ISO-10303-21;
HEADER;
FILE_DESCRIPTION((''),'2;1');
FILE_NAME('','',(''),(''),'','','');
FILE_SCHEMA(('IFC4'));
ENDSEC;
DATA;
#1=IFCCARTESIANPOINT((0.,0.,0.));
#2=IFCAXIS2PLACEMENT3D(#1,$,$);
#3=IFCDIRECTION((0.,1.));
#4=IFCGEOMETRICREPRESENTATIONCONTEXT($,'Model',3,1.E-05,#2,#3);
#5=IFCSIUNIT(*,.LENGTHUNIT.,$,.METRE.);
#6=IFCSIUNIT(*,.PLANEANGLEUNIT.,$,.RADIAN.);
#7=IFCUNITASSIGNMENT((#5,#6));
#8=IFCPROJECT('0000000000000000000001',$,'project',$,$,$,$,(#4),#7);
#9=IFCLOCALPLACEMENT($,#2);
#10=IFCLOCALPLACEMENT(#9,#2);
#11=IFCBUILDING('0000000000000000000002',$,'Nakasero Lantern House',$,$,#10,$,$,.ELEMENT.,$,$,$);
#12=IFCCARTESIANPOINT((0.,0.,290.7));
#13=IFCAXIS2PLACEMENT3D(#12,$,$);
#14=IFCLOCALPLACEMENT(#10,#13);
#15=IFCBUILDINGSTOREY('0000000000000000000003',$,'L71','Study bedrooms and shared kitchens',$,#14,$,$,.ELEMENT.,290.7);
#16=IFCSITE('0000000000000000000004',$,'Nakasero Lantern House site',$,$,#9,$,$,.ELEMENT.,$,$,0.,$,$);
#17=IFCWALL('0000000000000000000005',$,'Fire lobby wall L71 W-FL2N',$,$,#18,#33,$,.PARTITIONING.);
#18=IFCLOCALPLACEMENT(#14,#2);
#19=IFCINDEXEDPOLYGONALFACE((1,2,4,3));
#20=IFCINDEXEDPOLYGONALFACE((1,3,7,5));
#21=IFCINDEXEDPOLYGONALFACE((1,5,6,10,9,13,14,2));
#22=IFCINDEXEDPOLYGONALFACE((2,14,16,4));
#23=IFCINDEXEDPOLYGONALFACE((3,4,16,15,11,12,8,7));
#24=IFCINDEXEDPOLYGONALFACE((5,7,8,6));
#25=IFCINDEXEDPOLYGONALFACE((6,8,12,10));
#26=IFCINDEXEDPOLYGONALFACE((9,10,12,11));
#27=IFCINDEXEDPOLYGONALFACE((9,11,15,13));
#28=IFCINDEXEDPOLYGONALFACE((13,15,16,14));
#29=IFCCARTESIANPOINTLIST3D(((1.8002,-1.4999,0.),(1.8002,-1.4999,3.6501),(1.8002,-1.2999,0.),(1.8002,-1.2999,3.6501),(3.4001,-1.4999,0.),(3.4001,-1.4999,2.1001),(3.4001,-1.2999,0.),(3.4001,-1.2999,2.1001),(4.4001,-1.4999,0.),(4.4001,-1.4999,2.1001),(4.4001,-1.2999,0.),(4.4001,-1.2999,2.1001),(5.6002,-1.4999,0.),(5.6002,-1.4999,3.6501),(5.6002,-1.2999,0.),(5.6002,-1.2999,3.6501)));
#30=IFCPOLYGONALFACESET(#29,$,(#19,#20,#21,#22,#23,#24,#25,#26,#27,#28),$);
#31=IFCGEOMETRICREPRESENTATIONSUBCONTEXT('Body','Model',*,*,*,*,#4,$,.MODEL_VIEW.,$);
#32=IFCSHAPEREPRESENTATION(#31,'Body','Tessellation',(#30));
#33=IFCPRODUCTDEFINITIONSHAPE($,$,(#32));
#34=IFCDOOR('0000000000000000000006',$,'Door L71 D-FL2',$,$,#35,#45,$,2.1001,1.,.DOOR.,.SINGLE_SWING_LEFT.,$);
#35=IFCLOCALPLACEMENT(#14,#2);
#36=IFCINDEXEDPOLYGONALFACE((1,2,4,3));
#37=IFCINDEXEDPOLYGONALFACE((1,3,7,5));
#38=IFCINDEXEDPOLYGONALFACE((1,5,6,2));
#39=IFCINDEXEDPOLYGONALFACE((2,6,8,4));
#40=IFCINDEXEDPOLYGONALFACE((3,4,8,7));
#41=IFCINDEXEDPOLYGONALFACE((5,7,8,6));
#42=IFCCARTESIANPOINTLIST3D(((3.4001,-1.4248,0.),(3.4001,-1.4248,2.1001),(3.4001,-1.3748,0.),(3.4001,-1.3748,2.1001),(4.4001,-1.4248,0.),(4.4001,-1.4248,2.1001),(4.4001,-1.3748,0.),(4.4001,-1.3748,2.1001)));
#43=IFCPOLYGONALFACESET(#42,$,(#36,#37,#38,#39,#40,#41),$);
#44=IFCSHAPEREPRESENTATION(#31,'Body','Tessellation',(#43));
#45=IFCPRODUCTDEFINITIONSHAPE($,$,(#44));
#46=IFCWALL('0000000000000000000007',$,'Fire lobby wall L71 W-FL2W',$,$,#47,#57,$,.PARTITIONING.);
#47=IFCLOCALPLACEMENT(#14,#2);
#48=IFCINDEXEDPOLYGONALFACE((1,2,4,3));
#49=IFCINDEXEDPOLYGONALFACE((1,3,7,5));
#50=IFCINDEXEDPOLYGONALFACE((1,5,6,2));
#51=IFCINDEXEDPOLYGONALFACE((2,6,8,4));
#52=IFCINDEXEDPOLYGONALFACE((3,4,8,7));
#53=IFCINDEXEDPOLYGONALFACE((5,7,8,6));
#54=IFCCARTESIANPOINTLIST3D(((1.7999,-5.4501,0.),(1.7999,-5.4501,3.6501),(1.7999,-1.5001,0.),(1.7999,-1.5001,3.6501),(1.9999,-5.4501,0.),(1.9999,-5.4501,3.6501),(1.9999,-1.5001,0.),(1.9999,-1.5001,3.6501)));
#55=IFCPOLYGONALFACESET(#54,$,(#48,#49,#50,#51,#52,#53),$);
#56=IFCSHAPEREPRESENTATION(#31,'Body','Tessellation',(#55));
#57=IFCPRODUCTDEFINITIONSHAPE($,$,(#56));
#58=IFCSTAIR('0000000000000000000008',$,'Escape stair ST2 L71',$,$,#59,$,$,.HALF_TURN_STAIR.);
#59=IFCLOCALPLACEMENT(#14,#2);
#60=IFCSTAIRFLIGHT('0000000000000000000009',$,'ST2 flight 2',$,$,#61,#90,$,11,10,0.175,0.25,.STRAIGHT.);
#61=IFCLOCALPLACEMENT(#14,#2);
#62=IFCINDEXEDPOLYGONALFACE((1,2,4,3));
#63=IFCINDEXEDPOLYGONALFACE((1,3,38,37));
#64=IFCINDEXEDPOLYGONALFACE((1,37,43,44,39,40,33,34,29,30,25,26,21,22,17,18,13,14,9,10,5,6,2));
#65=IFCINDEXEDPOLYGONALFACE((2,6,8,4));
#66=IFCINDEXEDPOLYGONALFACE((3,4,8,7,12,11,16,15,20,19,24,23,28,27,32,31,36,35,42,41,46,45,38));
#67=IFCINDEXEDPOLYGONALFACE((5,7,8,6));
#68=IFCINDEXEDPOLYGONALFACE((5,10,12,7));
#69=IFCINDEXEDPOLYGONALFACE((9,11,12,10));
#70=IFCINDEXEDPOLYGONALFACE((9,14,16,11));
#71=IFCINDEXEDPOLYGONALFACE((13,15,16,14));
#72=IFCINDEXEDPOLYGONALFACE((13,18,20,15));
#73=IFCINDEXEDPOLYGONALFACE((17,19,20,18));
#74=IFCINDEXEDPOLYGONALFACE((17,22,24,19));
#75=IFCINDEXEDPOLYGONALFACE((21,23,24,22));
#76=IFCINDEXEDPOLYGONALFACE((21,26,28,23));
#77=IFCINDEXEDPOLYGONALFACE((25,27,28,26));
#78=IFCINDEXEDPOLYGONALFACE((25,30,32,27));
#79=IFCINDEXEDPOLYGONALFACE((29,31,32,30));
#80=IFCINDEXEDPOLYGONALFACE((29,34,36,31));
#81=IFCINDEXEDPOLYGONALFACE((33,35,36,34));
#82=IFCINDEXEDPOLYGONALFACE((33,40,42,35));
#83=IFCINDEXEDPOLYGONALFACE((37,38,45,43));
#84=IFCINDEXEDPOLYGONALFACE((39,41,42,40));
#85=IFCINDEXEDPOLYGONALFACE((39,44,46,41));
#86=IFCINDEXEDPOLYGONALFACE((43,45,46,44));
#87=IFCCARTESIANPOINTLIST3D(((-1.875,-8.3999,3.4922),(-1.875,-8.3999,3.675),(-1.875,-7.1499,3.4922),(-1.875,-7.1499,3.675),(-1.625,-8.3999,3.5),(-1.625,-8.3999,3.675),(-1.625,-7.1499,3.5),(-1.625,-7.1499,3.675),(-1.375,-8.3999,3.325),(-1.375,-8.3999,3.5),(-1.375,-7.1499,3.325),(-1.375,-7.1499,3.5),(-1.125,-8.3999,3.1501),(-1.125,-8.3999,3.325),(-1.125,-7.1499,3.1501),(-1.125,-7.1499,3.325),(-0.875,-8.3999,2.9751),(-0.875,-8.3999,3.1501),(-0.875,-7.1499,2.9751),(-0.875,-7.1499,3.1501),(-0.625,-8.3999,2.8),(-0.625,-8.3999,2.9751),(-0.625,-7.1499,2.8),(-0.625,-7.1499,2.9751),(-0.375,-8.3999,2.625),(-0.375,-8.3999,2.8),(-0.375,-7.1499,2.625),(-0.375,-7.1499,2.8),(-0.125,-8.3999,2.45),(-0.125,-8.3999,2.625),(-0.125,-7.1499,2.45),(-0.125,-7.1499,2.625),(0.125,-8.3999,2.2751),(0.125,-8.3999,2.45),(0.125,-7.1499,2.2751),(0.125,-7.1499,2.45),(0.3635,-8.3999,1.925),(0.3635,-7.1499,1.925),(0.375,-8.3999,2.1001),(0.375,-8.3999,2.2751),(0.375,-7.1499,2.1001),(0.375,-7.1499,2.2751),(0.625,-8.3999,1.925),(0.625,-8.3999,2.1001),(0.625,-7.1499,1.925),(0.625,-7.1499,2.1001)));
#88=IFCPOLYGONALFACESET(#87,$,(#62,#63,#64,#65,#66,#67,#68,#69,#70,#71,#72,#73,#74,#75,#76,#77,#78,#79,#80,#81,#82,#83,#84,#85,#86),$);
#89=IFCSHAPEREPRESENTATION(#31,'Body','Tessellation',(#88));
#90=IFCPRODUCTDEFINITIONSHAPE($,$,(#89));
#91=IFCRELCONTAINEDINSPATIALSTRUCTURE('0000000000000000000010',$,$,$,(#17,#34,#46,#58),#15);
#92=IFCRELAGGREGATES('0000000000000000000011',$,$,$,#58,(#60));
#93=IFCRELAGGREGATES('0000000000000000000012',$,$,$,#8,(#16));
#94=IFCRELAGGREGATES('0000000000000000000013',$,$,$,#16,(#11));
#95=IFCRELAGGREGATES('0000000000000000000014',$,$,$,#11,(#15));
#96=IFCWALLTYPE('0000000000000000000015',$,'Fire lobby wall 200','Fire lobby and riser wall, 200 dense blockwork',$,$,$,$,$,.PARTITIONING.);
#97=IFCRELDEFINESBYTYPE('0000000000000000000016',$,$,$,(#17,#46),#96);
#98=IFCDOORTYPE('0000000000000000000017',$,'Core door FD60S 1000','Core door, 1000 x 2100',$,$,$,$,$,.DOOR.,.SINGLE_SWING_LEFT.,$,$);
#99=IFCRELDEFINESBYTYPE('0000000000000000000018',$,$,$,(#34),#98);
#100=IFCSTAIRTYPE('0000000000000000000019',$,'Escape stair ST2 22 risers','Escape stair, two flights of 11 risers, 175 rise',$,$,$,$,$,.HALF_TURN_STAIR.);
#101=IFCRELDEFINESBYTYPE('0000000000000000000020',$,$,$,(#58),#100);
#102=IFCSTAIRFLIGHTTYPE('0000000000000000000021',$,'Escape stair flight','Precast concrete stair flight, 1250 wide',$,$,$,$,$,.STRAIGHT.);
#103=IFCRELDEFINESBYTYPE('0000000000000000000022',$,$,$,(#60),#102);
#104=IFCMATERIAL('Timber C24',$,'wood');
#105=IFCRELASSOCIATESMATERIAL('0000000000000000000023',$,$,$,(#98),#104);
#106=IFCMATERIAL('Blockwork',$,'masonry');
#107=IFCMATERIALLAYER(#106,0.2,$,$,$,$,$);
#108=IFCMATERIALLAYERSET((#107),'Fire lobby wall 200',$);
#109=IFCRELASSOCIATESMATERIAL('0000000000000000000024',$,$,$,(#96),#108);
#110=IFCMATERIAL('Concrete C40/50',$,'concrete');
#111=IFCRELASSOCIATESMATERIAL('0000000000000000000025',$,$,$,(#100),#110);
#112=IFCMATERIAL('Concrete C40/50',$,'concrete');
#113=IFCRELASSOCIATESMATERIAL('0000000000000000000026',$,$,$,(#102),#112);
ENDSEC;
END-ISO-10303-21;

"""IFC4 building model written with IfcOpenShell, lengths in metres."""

from ifc_helpers import new_model, si_unit, direction, frame, frame_2d, origin, place, context, subcontext, project, spatial, polyline, rectangle, outline, extrude, material, layer, layer_set, type_object, element, fill, aggregate, save


model = new_model("IFC4")

# Units and contexts
model_context = context("Model", 3, precision=1e-05, world=origin(), true_north=direction((0.0, 1.0)))
body_context = subcontext(model_context, "Body", "Model", "MODEL_VIEW")
ifc_project = project(units=[si_unit("LENGTHUNIT", "METRE"), si_unit("PLANEANGLEUNIT", "RADIAN")], contexts=[model_context])

# Site, building, storey
site_placement = place(None, origin())
site = spatial("IfcSite", under=ifc_project, at=site_placement, Name="Nakasero Lantern House site", CompositionType="ELEMENT", RefElevation=0.0)
building_placement = place(site_placement, origin())
building = spatial("IfcBuilding", under=site, at=building_placement, Name="Nakasero Lantern House", CompositionType="ELEMENT")
storey_placement = place(building_placement, frame((0.0, 0.0, 290.7)))
storey = spatial("IfcBuildingStorey", under=building, at=storey_placement, Name="L71", Description="Study bedrooms and shared kitchens", CompositionType="ELEMENT", Elevation=290.7)

# Shared definitions
ifc_material_1 = material(Name="Timber C24", Category="wood")
door_type_1 = type_object("IfcDoorType", Name="Core door FD60S 1000", Description="Core door, 1000 x 2100", OperationType="SINGLE_SWING_LEFT", PredefinedType="DOOR", material=ifc_material_1)

# Wall, opening, door
ifc_material_2 = material(Name="Blockwork", Category="masonry")
ifc_layer_1 = layer(ifc_material_2, 0.2)
ifc_layer_set_1 = layer_set([ifc_layer_1], Name="Fire lobby wall 200")
wall_type_1 = type_object("IfcWallType", Name="Fire lobby wall 200", Description="Fire lobby and riser wall, 200 dense blockwork", PredefinedType="PARTITIONING", material=ifc_layer_set_1)
wall_1_placement = place(storey_placement, frame((5.6001, -1.3999, 0.0), z_axis=(0.0, 0.0, 1.0), x_axis=(-1.0, 0.0, 0.0)))
wall_1 = element("IfcWall", 1, at=wall_1_placement, inside=storey, type_object=wall_type_1, Name="Fire lobby wall L71 W-FL2N", PredefinedType="PARTITIONING", context=body_context, shape_type="SweptSolid", body=[
    extrude(rectangle(XDim=3.8, YDim=0.2, at=frame_2d((1.8999, 0.0))), origin(), (0.0, 0.0, 1.0), 3.6501),
])
opening_1_placement = place(wall_1_placement, frame((1.2, 0.0, 0.0)))
opening_1 = element("IfcOpeningElement", 2, at=opening_1_placement, cuts=wall_1, PredefinedType="OPENING", context=body_context, shape_type="SweptSolid", body=[
    extrude(rectangle(XDim=1.0, YDim=2.1001, at=frame_2d((0.5, 1.05))), frame((0.0, 0.1199, 0.0), z_axis=(0.0, -1.0, 0.0), x_axis=(1.0, 0.0, 0.0)), (0.0, 0.0, 1.0), 0.24),
])
door_1_placement = place(opening_1_placement, origin())
door_1 = element("IfcDoor", 3, at=door_1_placement, inside=storey, type_object=door_type_1, Name="Door L71 D-FL2", OperationType="SINGLE_SWING_LEFT", OverallHeight=2.1001, OverallWidth=1.0, PredefinedType="DOOR", context=body_context, shape_type="SweptSolid", body=[
    extrude(rectangle(XDim=1.0, YDim=2.1001, at=frame_2d((0.5, 1.05))), frame((0.0, 0.0249, 0.0), z_axis=(0.0, -1.0, 0.0), x_axis=(1.0, 0.0, 0.0)), (0.0, 0.0, 1.0), 0.05),
])
fill(opening_1, door_1)

# Wall
wall_2_placement = place(storey_placement, frame((1.8999, -1.5, 0.0), z_axis=(0.0, 0.0, 1.0), x_axis=(0.0, -1.0, 0.0)))
element("IfcWall", 4, at=wall_2_placement, inside=storey, type_object=wall_type_1, Name="Fire lobby wall L71 W-FL2W", PredefinedType="PARTITIONING", context=body_context, shape_type="SweptSolid", body=[
    extrude(rectangle(XDim=3.95, YDim=0.2, at=frame_2d((1.9751, 0.0))), origin(), (0.0, 0.0, 1.0), 3.6501),
])

# Stair, stair flight
ifc_material_3 = material(Name="Concrete C40/50", Category="concrete")
stair_type_1 = type_object("IfcStairType", Name="Escape stair ST2 22 risers", Description="Escape stair, two flights of 11 risers, 175 rise", PredefinedType="HALF_TURN_STAIR", material=ifc_material_3)
stair_1_placement = place(storey_placement, origin())
stair_1 = element("IfcStair", 5, at=stair_1_placement, inside=storey, type_object=stair_type_1, Name="Escape stair ST2 L71", PredefinedType="HALF_TURN_STAIR")
ifc_material_4 = material(Name="Concrete C40/50", Category="concrete")
stair_flight_type = type_object("IfcStairFlightType", Name="Escape stair flight", Description="Precast concrete stair flight, 1250 wide", PredefinedType="STRAIGHT", material=ifc_material_4)
stair_flight_placement = place(storey_placement, frame((0.625, -7.7749, 1.925), z_axis=(0.0, 0.0, 1.0), x_axis=(-1.0, 0.0, 0.0)))
stair_flight = element("IfcStairFlight", 6, at=stair_flight_placement, type_object=stair_flight_type, Name="ST2 flight 2", NumberOfRisers=11, NumberOfTreads=10, PredefinedType="STRAIGHT", RiserHeight=0.175, TreadLength=0.25, context=body_context, shape_type="SweptSolid", body=[
    extrude(outline(polyline([(0.0, 0.0), (0.0, 0.175), (0.25, 0.175), (0.25, 0.3501), (0.5, 0.3501), (0.5, 0.5249), (0.75, 0.5249), (0.75, 0.7), (1.0, 0.7), (1.0, 0.875), (1.25, 0.875), (1.25, 1.05), (1.5, 1.05), (1.5, 1.2251), (1.75, 1.2251), (1.75, 1.3999), (2.0, 1.3999), (2.0, 1.575), (2.25, 1.575), (2.25, 1.75), (2.5, 1.75), (2.5, 1.925), (2.5, 1.5671), (0.2615, 0.0), (0.0, 0.0)])), frame((0.0, 0.625, 0.0), z_axis=(0.0, -1.0, 0.0), x_axis=(1.0, 0.0, 0.0)), (0.0, 0.0, 1.0), 1.25),
])
aggregate(stair_1, [stair_flight])

save(model, "model.ifc")
